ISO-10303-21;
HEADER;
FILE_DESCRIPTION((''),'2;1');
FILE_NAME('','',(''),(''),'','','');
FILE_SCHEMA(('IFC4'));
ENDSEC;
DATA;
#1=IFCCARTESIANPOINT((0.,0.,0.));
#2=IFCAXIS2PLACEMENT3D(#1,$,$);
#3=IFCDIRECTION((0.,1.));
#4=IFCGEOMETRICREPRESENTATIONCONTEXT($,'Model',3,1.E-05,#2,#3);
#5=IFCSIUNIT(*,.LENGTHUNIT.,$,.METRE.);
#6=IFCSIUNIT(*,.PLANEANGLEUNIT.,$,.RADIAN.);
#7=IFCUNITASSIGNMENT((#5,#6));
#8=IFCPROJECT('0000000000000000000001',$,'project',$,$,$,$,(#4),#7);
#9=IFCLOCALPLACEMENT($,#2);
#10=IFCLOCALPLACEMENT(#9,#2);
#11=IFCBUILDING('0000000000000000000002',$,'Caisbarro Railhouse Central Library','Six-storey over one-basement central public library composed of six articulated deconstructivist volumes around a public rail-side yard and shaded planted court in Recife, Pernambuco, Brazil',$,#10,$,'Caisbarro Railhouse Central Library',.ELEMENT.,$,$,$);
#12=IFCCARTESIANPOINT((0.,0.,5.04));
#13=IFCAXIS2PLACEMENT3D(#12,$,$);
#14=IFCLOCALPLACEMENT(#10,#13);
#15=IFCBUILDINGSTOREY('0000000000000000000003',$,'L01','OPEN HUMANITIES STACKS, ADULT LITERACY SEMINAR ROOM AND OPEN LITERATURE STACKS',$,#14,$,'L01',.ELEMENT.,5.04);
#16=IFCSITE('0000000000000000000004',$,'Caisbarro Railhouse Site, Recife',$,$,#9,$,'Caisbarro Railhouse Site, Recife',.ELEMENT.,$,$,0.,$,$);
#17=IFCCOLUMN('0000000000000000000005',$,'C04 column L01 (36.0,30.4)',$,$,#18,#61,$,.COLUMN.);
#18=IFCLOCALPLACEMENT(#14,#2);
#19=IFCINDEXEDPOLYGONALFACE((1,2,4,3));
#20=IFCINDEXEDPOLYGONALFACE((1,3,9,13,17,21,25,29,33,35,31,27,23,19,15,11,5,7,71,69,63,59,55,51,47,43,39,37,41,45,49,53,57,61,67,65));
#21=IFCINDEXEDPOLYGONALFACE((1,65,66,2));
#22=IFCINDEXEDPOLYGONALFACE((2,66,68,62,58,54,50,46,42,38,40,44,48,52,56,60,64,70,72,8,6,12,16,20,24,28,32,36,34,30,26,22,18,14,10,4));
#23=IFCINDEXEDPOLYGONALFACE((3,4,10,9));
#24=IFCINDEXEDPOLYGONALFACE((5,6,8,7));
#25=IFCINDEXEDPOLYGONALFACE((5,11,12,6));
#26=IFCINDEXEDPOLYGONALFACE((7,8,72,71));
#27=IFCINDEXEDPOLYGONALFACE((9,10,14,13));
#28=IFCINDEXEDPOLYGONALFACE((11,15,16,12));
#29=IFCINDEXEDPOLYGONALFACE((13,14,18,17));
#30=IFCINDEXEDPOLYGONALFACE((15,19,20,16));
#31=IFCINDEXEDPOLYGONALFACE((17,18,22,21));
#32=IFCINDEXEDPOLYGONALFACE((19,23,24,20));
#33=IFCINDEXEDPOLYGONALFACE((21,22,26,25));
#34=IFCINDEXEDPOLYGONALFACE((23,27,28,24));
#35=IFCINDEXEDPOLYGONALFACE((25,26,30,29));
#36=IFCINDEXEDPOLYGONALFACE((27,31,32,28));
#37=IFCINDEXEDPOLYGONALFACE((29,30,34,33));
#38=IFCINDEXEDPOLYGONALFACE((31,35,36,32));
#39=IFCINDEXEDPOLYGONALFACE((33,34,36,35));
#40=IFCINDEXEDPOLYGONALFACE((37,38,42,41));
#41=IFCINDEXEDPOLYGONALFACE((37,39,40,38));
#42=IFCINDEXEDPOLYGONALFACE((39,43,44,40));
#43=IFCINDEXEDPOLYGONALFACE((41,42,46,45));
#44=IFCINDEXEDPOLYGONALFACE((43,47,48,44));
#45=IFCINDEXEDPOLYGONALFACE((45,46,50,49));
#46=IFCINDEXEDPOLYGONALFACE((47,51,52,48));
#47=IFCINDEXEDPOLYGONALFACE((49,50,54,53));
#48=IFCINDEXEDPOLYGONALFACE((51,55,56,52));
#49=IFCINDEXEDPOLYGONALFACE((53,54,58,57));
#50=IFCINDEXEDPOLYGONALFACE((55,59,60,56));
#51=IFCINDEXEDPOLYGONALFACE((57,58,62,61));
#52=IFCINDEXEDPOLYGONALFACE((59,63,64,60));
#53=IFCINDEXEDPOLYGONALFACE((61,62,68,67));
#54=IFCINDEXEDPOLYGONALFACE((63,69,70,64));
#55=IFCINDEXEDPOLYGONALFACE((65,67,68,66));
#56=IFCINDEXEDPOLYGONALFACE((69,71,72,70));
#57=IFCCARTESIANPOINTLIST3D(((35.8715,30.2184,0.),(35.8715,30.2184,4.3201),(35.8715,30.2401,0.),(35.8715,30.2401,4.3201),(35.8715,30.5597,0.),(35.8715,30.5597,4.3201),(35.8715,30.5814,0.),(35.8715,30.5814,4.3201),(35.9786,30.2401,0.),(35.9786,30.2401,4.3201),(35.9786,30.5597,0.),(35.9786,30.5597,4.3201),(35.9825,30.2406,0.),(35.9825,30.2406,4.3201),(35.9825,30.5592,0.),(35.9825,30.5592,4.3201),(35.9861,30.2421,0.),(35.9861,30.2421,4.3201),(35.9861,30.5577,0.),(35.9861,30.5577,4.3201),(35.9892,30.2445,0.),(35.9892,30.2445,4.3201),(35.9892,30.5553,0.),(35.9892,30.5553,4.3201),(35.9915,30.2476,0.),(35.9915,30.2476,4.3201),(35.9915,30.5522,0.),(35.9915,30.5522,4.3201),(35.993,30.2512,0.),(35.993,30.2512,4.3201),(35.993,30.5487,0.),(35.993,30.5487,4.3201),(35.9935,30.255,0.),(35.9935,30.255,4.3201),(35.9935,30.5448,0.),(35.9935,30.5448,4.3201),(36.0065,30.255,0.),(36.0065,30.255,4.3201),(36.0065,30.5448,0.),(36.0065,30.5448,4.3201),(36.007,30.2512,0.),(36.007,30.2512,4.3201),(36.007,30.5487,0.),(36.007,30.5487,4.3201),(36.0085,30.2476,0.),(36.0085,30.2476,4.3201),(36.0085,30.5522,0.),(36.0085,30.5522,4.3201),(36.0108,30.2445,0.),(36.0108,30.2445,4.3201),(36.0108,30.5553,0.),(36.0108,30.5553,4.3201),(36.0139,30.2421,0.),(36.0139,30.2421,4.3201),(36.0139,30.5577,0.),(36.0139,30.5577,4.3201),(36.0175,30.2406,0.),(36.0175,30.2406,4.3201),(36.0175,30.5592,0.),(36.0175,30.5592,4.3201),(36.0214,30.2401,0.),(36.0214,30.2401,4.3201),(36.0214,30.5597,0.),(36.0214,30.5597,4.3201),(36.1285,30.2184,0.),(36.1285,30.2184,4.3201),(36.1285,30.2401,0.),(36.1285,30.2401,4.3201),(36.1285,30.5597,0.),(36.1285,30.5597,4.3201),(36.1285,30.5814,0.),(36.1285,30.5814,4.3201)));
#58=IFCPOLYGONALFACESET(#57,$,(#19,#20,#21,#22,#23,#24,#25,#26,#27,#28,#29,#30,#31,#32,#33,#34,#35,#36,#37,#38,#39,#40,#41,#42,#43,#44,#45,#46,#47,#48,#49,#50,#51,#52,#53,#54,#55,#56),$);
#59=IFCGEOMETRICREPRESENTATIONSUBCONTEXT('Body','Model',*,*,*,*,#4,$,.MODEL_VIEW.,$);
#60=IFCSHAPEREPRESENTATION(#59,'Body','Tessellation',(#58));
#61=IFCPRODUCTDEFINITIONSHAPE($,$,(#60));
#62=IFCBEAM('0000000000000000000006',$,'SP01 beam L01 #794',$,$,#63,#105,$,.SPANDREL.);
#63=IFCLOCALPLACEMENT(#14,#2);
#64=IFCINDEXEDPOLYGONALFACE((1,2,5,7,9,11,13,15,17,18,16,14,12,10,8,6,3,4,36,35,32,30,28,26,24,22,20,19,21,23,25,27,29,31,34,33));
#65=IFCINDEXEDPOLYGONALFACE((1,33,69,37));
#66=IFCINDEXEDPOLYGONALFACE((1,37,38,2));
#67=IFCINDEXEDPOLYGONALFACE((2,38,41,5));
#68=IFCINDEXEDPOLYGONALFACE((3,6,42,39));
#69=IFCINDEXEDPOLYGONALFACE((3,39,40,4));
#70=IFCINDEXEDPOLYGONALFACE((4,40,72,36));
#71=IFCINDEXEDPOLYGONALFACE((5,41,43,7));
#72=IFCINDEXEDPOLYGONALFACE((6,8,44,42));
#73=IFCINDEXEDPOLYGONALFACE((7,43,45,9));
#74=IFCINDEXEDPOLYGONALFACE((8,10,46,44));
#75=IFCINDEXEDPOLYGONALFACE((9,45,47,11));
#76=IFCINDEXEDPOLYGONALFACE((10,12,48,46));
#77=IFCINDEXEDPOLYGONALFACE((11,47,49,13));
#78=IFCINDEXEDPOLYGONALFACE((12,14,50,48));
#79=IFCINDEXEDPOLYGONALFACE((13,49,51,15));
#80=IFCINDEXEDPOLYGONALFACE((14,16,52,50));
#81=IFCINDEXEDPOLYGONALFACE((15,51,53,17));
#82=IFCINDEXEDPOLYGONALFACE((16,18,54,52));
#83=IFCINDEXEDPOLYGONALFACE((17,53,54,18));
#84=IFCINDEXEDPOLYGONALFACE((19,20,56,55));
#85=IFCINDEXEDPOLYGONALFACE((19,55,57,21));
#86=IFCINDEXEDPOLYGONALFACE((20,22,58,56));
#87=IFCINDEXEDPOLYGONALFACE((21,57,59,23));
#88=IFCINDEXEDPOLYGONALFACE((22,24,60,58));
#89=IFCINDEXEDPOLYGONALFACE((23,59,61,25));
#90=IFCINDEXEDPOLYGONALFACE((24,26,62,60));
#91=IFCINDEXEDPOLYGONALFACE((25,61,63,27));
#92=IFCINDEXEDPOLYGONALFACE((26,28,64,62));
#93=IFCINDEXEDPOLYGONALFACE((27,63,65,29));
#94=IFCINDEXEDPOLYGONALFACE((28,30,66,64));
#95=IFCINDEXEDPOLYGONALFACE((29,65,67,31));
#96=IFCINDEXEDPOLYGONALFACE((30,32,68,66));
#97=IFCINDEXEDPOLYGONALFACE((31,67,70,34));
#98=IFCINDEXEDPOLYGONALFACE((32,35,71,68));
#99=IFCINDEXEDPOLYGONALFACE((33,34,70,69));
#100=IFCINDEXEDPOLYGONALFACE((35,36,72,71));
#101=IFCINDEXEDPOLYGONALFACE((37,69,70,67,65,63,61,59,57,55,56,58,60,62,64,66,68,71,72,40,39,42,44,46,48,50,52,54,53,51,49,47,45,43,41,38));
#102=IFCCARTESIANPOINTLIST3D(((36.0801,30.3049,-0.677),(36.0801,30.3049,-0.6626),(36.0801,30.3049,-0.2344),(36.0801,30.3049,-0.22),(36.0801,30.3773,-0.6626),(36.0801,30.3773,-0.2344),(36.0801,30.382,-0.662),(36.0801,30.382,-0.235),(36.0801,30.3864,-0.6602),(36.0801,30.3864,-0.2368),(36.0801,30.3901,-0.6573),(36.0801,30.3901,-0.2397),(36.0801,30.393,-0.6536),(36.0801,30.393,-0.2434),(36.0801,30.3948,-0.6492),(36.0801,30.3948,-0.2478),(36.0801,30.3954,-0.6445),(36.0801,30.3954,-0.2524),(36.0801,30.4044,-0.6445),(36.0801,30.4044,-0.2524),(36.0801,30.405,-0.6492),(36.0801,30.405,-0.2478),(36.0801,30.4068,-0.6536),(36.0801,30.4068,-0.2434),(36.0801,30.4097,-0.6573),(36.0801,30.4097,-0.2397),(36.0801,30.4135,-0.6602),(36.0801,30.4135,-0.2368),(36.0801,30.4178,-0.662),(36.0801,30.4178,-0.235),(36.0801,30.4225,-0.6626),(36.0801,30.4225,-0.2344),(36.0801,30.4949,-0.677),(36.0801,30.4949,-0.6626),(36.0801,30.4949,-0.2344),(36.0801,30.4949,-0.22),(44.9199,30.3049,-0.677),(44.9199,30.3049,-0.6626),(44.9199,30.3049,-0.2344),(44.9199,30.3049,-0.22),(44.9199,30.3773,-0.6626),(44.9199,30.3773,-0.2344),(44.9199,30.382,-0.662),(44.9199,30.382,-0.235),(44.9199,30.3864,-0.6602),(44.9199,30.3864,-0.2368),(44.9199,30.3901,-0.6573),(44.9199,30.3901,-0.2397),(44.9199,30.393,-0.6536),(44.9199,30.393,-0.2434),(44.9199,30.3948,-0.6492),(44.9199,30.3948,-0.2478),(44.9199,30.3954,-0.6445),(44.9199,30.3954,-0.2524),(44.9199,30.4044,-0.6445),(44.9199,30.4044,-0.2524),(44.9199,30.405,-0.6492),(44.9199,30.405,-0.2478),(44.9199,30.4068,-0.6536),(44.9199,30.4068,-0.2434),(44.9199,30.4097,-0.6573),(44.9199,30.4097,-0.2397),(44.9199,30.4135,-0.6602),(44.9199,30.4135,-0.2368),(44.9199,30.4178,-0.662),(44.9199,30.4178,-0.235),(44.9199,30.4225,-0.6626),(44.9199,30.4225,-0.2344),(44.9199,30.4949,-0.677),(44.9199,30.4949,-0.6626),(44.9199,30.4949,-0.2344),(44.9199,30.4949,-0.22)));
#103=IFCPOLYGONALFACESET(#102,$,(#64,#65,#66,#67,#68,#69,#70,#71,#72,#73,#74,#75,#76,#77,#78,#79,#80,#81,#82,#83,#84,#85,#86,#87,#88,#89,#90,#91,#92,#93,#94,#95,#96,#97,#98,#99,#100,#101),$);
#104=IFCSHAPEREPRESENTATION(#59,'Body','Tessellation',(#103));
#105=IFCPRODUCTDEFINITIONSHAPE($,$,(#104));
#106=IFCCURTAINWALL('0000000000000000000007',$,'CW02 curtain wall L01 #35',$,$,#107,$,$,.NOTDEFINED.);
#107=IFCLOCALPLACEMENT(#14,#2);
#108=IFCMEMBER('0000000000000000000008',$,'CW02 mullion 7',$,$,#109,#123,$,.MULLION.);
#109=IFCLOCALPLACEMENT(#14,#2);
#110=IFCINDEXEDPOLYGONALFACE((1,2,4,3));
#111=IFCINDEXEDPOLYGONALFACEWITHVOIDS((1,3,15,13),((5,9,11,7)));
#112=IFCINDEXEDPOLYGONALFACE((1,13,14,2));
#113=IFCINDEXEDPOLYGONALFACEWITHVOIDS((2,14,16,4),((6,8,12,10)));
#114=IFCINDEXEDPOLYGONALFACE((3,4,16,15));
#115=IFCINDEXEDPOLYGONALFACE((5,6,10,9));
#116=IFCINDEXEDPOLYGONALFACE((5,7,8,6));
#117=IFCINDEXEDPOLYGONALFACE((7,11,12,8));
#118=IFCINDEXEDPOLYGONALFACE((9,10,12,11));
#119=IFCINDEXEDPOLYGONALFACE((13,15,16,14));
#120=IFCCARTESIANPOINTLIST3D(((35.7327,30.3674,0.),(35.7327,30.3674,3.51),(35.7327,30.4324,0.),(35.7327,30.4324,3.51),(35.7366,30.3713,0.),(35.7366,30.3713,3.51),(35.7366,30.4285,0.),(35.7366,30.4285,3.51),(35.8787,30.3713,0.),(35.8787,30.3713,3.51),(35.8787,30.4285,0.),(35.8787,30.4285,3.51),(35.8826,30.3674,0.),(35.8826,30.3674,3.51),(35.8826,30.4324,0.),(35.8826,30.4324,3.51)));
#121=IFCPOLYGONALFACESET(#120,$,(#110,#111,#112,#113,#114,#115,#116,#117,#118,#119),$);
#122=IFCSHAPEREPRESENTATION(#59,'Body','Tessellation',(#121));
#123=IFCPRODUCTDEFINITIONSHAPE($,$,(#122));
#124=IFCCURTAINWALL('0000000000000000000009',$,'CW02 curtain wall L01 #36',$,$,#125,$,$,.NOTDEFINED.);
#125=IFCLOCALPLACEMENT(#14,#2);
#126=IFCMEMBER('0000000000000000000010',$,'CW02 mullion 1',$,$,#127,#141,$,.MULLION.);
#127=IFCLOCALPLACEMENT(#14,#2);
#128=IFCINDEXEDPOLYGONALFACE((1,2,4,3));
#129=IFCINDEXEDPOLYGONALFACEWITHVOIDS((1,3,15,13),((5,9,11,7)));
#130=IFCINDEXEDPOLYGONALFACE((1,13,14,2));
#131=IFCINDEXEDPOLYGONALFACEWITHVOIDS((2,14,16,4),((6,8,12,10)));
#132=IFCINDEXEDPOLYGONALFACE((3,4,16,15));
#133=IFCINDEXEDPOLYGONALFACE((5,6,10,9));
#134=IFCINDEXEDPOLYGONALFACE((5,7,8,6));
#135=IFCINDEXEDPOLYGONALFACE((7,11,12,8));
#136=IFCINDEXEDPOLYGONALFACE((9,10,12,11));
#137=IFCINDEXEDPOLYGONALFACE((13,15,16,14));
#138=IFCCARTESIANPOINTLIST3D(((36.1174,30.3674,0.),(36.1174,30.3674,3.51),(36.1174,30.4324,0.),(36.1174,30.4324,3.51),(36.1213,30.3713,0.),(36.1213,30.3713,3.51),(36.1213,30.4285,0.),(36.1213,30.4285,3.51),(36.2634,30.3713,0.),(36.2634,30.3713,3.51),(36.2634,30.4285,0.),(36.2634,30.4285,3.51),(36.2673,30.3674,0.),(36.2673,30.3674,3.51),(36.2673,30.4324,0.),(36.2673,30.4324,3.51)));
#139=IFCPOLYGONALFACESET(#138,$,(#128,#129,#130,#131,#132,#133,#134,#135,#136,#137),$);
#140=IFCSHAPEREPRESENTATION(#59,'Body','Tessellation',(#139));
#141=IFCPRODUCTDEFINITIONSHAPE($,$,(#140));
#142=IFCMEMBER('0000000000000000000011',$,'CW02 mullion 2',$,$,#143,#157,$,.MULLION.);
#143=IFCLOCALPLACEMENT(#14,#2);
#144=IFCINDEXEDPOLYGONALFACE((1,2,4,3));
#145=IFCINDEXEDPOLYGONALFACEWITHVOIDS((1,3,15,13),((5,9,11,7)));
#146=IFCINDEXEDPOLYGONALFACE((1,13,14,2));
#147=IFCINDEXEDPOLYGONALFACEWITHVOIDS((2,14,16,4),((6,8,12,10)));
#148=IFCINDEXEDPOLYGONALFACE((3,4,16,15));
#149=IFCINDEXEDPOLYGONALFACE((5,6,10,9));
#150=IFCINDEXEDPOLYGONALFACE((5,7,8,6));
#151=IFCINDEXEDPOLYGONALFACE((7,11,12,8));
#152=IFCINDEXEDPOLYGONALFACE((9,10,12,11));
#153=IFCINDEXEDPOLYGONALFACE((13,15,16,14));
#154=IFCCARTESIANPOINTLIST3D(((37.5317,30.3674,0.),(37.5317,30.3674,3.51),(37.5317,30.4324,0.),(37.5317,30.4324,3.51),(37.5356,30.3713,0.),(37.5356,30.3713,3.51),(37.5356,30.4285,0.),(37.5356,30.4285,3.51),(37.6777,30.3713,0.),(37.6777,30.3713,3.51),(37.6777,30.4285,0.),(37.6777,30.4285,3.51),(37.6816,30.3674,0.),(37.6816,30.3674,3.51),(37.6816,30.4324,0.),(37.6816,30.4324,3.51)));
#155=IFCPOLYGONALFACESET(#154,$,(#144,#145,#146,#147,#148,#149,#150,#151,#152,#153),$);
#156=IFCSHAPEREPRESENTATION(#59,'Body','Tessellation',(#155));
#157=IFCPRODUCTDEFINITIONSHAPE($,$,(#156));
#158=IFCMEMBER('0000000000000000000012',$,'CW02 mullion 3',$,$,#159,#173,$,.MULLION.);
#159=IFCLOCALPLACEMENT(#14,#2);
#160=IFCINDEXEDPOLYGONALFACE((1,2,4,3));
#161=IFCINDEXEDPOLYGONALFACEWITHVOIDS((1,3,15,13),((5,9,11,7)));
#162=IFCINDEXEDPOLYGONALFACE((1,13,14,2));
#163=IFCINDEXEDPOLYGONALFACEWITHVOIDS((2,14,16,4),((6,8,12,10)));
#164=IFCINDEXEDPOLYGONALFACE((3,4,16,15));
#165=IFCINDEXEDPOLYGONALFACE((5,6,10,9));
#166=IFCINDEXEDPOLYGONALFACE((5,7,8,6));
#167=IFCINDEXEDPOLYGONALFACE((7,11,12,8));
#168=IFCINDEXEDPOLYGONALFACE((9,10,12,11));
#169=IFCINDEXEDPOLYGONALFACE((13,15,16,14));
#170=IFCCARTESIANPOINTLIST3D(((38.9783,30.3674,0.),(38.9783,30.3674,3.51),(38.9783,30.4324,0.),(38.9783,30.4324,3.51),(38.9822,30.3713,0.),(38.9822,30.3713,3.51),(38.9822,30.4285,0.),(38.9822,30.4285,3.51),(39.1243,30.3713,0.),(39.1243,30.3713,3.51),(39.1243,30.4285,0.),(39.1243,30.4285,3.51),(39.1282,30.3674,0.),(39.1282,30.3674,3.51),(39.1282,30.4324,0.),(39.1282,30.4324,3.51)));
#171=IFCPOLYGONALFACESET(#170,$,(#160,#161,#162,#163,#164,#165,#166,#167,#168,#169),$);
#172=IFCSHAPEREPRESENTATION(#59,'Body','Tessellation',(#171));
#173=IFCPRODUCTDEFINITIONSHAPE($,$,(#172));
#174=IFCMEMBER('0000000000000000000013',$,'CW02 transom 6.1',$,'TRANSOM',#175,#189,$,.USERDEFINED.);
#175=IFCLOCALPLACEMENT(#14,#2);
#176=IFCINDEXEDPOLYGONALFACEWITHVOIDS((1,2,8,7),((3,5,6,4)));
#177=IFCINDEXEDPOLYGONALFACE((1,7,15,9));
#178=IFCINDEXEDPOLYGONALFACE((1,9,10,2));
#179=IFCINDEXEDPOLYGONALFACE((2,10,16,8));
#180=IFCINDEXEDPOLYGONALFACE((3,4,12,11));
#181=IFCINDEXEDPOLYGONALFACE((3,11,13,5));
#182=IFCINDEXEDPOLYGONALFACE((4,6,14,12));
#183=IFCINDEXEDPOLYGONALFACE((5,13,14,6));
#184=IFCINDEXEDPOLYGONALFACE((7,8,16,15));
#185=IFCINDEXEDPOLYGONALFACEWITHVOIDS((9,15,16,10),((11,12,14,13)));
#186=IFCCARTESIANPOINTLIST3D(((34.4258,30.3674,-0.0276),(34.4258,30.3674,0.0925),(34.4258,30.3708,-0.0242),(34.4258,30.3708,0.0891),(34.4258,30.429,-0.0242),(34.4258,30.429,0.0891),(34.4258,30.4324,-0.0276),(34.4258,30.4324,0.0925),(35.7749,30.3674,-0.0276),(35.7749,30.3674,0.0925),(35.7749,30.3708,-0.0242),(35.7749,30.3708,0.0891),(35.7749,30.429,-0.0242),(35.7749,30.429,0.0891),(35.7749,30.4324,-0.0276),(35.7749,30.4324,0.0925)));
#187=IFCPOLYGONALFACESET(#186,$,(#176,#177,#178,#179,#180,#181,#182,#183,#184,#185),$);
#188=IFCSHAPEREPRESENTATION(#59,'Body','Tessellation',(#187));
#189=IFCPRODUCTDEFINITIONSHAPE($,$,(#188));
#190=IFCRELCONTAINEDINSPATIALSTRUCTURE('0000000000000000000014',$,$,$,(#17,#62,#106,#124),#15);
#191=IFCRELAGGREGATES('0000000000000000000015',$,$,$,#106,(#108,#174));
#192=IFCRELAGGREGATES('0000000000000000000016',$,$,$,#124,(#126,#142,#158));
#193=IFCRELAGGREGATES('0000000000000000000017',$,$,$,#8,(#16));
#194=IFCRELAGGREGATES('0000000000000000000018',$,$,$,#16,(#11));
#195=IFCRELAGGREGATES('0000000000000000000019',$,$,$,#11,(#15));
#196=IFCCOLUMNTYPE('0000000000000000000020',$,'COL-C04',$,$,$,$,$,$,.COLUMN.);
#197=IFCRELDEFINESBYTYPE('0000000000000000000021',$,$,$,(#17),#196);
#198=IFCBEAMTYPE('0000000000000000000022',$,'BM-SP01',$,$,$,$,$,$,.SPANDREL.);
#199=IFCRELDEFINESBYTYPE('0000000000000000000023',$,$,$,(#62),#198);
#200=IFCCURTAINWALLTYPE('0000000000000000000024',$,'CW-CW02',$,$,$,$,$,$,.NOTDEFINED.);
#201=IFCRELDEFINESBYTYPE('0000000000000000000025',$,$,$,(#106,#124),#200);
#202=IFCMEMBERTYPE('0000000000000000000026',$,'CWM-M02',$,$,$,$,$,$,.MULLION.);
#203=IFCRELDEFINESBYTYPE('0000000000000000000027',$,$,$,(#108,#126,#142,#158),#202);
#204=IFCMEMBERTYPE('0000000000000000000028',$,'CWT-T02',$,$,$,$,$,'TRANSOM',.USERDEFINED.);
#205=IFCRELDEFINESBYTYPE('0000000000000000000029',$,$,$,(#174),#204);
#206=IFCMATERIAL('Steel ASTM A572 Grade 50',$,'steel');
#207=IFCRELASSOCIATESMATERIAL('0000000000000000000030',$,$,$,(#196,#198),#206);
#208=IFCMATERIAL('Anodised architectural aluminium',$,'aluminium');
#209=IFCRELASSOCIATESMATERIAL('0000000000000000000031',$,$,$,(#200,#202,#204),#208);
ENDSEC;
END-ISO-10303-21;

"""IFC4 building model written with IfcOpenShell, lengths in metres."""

from ifc_helpers import new_model, si_unit, direction, frame, origin, origin_2d, place, context, subcontext, project, spatial, hollow_rectangle, i_section, extrude, material, material_profile, profile_set, type_object, element, aggregate, save


model = new_model("IFC4")

# Units and contexts
model_context = context("Model", 3, precision=1e-05, world=origin(), true_north=direction((0.0, 1.0)))
body_context = subcontext(model_context, "Body", "Model", "MODEL_VIEW")
ifc_project = project(units=[si_unit("LENGTHUNIT", "METRE"), si_unit("PLANEANGLEUNIT", "RADIAN")], contexts=[model_context])

# Site, building, storey
site_placement = place(None, origin())
site = spatial("IfcSite", under=ifc_project, at=site_placement, Name="Caisbarro Railhouse Site, Recife", LongName="Caisbarro Railhouse Site, Recife", CompositionType="ELEMENT", RefElevation=0.0)
building_placement = place(site_placement, origin())
building = spatial("IfcBuilding", under=site, at=building_placement, Name="Caisbarro Railhouse Central Library", Description="Six-storey over one-basement central public library composed of six articulated deconstructivist volumes around a public rail-side yard and shaded planted court in Recife, Pernambuco, Brazil", LongName="Caisbarro Railhouse Central Library", CompositionType="ELEMENT")
storey_placement = place(building_placement, frame((0.0, 0.0, 5.04)))
storey = spatial("IfcBuildingStorey", under=building, at=storey_placement, Name="L01", Description="OPEN HUMANITIES STACKS, ADULT LITERACY SEMINAR ROOM AND OPEN LITERATURE STACKS", LongName="L01", CompositionType="ELEMENT", Elevation=5.04)

# Column
ifc_material_1 = material(Name="Steel ASTM A572 Grade 50", Category="steel")
ifc_material_profile_1 = material_profile(ifc_material_1, i_section(OverallWidth=0.2571, OverallDepth=0.363, WebThickness=0.0129, FlangeThickness=0.0217, FilletRadius=0.0149, at=origin_2d()), Name="W360X122.0")
ifc_profile_set_1 = profile_set([ifc_material_profile_1], Name="Steel ASTM A572 Grade 50")
column_type = type_object("IfcColumnType", Name="COL-C04", PredefinedType="COLUMN", material=ifc_profile_set_1)
column_placement = place(storey_placement, frame((36.0, 30.3999, 0.0), z_axis=(0.0, 0.0, 1.0), x_axis=(1.0, 0.0, 0.0)))
element("IfcColumn", 1, at=column_placement, inside=storey, type_object=column_type, Name="C04 column L01 (36.0,30.4)", PredefinedType="COLUMN", context=body_context, shape_type="SweptSolid", body=[
    extrude(i_section(OverallWidth=0.2571, OverallDepth=0.363, WebThickness=0.0129, FlangeThickness=0.0217, FilletRadius=0.0149, at=origin_2d()), origin(), (0.0, 0.0, 1.0), 4.3201),
])

# Beam
ifc_material_profile_2 = material_profile(ifc_material_1, i_section(OverallWidth=0.1899, OverallDepth=0.457, WebThickness=0.009, FlangeThickness=0.0144, FilletRadius=0.0181, at=origin_2d()), Name="W460X74.0")
ifc_profile_set_2 = profile_set([ifc_material_profile_2], Name="Steel ASTM A572 Grade 50")
beam_type = type_object("IfcBeamType", Name="BM-SP01", PredefinedType="SPANDREL", material=ifc_profile_set_2)
beam_placement = place(storey_placement, frame((36.0801, 30.3999, -0.4485), z_axis=(1.0, 0.0, 0.0), x_axis=(0.0, 1.0, 0.0)))
element("IfcBeam", 2, at=beam_placement, inside=storey, type_object=beam_type, Name="SP01 beam L01 #794", PredefinedType="SPANDREL", context=body_context, shape_type="SweptSolid", body=[
    extrude(i_section(OverallWidth=0.1899, OverallDepth=0.457, WebThickness=0.009, FlangeThickness=0.0144, FilletRadius=0.0181, at=origin_2d()), origin(), (0.0, 0.0, 1.0), 8.8398),
])

# Curtain wall, member
ifc_material_2 = material(Name="Anodised architectural aluminium", Category="aluminium")
curtain_wall_type = type_object("IfcCurtainWallType", Name="CW-CW02", PredefinedType="NOTDEFINED", material=ifc_material_2)
curtain_wall_1_placement = place(storey_placement, origin())
curtain_wall_1 = element("IfcCurtainWall", 3, at=curtain_wall_1_placement, inside=storey, type_object=curtain_wall_type, Name="CW02 curtain wall L01 #35", PredefinedType="NOTDEFINED")
ifc_material_profile_3 = material_profile(ifc_material_2, hollow_rectangle(XDim=0.0649, YDim=0.1499, WallThickness=0.0039, at=origin_2d()), Name="ALU-MUL-65X150")
ifc_profile_set_3 = profile_set([ifc_material_profile_3], Name="Anodised architectural aluminium")
member_type_1 = type_object("IfcMemberType", Name="CWM-M02", PredefinedType="MULLION", material=ifc_profile_set_3)
member_1_placement = place(storey_placement, frame((35.8076, 30.3999, 0.0), z_axis=(0.0, 0.0, 1.0), x_axis=(0.0, 1.0, 0.0)))
member_1 = element("IfcMember", 4, at=member_1_placement, type_object=member_type_1, Name="CW02 mullion 7", PredefinedType="MULLION", context=body_context, shape_type="SweptSolid", body=[
    extrude(hollow_rectangle(XDim=0.0649, YDim=0.1499, WallThickness=0.0039, at=origin_2d()), origin(), (0.0, 0.0, 1.0), 3.51),
])

# Curtain wall, members
curtain_wall_2_placement = place(storey_placement, origin())
curtain_wall_2 = element("IfcCurtainWall", 5, at=curtain_wall_2_placement, inside=storey, type_object=curtain_wall_type, Name="CW02 curtain wall L01 #36", PredefinedType="NOTDEFINED")
member_2_placement = place(storey_placement, frame((36.1924, 30.3999, 0.0), z_axis=(0.0, 0.0, 1.0), x_axis=(0.0, 1.0, 0.0)))
member_2 = element("IfcMember", 6, at=member_2_placement, type_object=member_type_1, Name="CW02 mullion 1", PredefinedType="MULLION", context=body_context, shape_type="SweptSolid", body=[
    extrude(hollow_rectangle(XDim=0.0649, YDim=0.1499, WallThickness=0.0039, at=origin_2d()), origin(), (0.0, 0.0, 1.0), 3.51),
])
member_3_placement = place(storey_placement, frame((37.6067, 30.3999, 0.0), z_axis=(0.0, 0.0, 1.0), x_axis=(0.0, 1.0, 0.0)))
member_3 = element("IfcMember", 7, at=member_3_placement, type_object=member_type_1, Name="CW02 mullion 2", PredefinedType="MULLION", context=body_context, shape_type="SweptSolid", body=[
    extrude(hollow_rectangle(XDim=0.0649, YDim=0.1499, WallThickness=0.0039, at=origin_2d()), origin(), (0.0, 0.0, 1.0), 3.51),
])
member_4_placement = place(storey_placement, frame((39.0532, 30.3999, 0.0), z_axis=(0.0, 0.0, 1.0), x_axis=(0.0, 1.0, 0.0)))
member_4 = element("IfcMember", 8, at=member_4_placement, type_object=member_type_1, Name="CW02 mullion 3", PredefinedType="MULLION", context=body_context, shape_type="SweptSolid", body=[
    extrude(hollow_rectangle(XDim=0.0649, YDim=0.1499, WallThickness=0.0039, at=origin_2d()), origin(), (0.0, 0.0, 1.0), 3.51),
])

# Member
ifc_material_profile_4 = material_profile(ifc_material_2, hollow_rectangle(XDim=0.0649, YDim=0.1201, WallThickness=0.0034, at=origin_2d()), Name="ALU-TRN-65X120")
ifc_profile_set_4 = profile_set([ifc_material_profile_4], Name="Anodised architectural aluminium")
member_type_2 = type_object("IfcMemberType", Name="CWT-T02", ElementType="TRANSOM", PredefinedType="USERDEFINED", material=ifc_profile_set_4)
member_5_placement = place(storey_placement, frame((34.4258, 30.3999, 0.0325), z_axis=(1.0, 0.0, 0.0), x_axis=(0.0, 1.0, 0.0)))
member_5 = element("IfcMember", 9, at=member_5_placement, type_object=member_type_2, Name="CW02 transom 6.1", ObjectType="TRANSOM", PredefinedType="USERDEFINED", context=body_context, shape_type="SweptSolid", body=[
    extrude(hollow_rectangle(XDim=0.0649, YDim=0.1201, WallThickness=0.0034, at=origin_2d()), origin(), (0.0, 0.0, 1.0), 1.3491),
])

aggregate(curtain_wall_1, [member_1, member_5])
aggregate(curtain_wall_2, [member_2, member_3, member_4])

save(model, "model.ifc")
